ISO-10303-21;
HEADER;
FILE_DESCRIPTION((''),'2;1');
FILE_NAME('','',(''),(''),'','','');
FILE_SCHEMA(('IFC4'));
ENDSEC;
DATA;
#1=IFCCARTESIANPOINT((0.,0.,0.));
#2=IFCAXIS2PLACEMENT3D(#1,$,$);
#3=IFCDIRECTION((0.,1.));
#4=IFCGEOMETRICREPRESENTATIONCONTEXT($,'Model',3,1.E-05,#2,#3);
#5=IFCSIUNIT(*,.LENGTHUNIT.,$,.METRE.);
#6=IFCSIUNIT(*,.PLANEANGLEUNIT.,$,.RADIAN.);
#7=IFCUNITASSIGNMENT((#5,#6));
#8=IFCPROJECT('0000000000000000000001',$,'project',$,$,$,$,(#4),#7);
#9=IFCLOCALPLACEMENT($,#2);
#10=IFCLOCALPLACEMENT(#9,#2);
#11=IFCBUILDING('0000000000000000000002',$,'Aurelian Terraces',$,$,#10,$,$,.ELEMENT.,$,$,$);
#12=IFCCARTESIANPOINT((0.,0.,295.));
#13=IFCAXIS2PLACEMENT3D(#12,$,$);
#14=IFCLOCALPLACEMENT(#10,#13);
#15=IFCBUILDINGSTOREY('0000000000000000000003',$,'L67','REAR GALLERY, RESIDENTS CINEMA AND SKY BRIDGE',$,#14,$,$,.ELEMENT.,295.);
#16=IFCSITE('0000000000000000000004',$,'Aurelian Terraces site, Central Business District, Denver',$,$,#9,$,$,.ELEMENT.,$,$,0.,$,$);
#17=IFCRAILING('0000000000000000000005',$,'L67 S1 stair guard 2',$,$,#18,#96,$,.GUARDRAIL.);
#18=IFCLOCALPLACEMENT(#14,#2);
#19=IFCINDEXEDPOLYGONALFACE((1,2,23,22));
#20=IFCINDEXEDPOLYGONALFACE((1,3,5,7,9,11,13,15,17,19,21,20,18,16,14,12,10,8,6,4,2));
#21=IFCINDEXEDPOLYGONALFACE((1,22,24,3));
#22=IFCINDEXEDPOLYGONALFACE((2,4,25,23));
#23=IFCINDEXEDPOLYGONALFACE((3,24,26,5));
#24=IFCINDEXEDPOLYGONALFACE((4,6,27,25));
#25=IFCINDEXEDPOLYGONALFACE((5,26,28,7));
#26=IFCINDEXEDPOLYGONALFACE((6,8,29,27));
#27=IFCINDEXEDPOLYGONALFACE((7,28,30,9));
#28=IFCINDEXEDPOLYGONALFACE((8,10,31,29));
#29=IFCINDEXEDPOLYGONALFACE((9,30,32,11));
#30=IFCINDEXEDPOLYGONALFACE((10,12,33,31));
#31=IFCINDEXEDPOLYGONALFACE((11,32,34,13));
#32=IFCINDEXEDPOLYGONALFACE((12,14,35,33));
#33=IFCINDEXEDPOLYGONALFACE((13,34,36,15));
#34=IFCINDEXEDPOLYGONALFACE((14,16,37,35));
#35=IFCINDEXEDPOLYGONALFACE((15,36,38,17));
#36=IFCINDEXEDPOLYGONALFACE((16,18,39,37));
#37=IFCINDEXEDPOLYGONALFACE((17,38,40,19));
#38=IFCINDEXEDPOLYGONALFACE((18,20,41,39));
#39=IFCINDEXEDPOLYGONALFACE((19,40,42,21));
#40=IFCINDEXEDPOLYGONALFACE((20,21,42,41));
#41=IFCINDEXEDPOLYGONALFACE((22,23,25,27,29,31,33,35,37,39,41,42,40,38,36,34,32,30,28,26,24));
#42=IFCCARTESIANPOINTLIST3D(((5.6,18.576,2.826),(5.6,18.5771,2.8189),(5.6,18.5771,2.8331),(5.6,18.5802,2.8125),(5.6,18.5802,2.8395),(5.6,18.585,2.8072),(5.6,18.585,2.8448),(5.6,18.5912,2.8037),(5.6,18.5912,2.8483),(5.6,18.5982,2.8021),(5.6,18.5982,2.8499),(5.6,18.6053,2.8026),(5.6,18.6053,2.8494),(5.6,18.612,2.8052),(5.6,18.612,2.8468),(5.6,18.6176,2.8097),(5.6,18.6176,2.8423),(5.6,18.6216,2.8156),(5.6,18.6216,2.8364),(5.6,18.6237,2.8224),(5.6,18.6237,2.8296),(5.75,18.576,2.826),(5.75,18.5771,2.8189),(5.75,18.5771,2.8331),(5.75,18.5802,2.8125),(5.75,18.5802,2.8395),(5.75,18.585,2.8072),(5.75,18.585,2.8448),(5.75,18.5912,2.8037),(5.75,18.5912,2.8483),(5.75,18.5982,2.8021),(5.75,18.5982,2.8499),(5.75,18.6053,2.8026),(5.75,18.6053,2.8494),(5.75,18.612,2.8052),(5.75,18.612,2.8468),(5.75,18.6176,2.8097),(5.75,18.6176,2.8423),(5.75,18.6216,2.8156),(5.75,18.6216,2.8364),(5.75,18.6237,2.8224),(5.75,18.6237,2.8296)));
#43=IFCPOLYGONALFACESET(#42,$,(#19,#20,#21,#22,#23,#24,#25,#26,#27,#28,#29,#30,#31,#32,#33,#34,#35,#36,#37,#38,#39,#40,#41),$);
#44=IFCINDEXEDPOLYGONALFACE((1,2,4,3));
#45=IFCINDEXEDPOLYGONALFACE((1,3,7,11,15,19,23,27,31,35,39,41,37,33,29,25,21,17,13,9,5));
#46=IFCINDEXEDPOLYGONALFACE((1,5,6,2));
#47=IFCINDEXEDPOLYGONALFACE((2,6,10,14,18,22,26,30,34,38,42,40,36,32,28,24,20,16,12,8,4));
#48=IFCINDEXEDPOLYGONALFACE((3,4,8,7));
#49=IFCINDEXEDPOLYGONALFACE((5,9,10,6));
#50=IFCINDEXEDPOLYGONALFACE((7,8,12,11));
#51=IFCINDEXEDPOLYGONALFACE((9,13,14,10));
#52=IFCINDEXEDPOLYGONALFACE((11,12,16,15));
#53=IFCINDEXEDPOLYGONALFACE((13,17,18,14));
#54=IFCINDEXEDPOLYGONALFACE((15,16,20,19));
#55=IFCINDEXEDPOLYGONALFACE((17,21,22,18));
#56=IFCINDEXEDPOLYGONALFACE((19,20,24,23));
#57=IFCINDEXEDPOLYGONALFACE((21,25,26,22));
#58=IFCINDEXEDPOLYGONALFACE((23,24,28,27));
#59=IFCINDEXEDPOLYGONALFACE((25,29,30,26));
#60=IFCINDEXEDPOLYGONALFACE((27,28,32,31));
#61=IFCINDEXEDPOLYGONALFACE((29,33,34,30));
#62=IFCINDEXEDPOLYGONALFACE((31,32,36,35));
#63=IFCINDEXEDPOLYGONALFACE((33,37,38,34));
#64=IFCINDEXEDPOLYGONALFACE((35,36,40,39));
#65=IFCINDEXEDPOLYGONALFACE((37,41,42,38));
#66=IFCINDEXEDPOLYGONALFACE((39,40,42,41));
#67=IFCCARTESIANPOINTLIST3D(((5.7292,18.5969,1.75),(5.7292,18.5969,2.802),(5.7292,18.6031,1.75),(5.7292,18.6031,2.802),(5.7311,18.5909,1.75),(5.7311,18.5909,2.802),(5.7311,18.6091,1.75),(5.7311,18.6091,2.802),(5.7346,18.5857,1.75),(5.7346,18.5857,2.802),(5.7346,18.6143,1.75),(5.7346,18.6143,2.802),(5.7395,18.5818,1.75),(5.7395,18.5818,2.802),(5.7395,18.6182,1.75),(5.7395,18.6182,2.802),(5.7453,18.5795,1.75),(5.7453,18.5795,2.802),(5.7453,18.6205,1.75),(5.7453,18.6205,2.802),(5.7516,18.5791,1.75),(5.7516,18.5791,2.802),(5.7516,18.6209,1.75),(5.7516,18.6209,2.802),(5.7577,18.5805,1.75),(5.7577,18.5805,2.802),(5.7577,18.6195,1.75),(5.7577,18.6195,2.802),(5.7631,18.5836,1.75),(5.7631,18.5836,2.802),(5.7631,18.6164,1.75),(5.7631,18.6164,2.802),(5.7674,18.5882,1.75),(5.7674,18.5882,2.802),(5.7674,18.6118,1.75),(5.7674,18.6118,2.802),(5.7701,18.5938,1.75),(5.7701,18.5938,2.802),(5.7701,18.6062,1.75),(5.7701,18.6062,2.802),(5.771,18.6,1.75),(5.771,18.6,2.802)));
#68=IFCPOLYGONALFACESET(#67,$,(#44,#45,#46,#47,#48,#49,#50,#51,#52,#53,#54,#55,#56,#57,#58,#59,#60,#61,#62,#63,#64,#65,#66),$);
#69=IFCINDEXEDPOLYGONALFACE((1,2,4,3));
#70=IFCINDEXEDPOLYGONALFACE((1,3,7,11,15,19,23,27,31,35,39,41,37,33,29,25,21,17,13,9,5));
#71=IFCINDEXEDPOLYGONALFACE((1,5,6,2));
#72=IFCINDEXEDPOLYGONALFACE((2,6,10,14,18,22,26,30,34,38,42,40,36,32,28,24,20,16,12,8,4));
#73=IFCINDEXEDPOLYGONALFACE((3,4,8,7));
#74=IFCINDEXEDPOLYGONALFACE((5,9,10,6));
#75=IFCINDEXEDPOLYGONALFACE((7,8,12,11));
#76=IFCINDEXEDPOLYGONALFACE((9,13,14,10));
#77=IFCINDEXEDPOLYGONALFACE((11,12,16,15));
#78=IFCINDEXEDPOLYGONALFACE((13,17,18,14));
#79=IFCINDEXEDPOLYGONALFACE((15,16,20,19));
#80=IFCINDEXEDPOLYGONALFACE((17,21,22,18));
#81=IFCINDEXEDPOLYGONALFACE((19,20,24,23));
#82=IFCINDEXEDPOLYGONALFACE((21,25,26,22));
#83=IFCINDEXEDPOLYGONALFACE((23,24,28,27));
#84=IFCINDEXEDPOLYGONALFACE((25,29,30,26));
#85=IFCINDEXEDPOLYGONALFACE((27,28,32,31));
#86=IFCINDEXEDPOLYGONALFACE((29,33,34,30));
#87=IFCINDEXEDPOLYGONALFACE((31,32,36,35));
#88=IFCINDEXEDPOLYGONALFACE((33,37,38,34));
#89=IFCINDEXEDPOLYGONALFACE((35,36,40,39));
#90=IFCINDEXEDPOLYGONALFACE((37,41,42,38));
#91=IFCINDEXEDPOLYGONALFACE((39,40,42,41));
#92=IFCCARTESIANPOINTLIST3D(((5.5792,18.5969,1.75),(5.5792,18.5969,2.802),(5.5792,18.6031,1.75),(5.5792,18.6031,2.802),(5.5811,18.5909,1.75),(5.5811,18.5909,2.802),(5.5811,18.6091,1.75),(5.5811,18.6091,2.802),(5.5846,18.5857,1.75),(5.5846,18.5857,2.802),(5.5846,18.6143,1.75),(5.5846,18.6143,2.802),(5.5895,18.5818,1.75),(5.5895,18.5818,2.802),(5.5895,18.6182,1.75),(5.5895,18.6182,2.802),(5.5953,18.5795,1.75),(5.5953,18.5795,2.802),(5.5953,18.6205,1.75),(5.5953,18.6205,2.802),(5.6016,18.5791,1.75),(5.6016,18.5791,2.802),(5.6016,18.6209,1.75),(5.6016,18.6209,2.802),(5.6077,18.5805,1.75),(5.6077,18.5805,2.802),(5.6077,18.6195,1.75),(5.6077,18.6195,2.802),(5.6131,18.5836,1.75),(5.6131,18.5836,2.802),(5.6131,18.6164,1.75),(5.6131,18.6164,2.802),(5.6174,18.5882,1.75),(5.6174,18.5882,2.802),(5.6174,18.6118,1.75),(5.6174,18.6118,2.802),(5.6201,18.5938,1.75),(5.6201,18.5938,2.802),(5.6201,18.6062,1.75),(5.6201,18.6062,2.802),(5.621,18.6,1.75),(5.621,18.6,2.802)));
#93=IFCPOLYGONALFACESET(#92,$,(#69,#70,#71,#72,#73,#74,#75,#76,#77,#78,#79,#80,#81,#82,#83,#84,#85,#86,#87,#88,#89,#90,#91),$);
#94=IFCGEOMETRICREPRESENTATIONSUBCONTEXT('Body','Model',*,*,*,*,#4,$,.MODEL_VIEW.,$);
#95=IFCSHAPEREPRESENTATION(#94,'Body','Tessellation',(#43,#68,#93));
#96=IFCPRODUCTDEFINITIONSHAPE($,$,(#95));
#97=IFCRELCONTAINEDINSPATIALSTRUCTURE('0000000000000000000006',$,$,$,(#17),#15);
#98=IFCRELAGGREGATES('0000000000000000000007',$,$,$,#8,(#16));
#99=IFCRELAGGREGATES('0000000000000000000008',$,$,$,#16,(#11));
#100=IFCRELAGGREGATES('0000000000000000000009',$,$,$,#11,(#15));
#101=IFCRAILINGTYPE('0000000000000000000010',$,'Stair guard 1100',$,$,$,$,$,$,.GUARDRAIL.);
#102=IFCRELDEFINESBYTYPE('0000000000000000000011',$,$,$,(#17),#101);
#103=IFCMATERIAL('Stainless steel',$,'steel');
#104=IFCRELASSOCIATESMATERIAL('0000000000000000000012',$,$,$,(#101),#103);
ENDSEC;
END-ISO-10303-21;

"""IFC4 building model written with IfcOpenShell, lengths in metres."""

from ifc_helpers import new_model, si_unit, direction, frame, origin, origin_2d, place, context, subcontext, project, spatial, circle, extrude, source, transform, mapped, material, type_object, element, save


model = new_model("IFC4")

# Units and contexts
model_context = context("Model", 3, precision=1e-05, world=origin(), true_north=direction((0.0, 1.0)))
body_context = subcontext(model_context, "Body", "Model", "MODEL_VIEW")
ifc_project = project(units=[si_unit("LENGTHUNIT", "METRE"), si_unit("PLANEANGLEUNIT", "RADIAN")], contexts=[model_context])

# Site, building, storey
site_placement = place(None, origin())
site = spatial("IfcSite", under=ifc_project, at=site_placement, Name="Aurelian Terraces site, Central Business District, Denver", CompositionType="ELEMENT", RefElevation=0.0)
building_placement = place(site_placement, origin())
building = spatial("IfcBuilding", under=site, at=building_placement, Name="Aurelian Terraces", CompositionType="ELEMENT")
storey_placement = place(building_placement, frame((0.0, 0.0, 295.0)))
storey = spatial("IfcBuildingStorey", under=building, at=storey_placement, Name="L67", Description="REAR GALLERY, RESIDENTS CINEMA AND SKY BRIDGE", CompositionType="ELEMENT", Elevation=295.0)

# Railing
ifc_material_1 = material(Name="Stainless steel", Category="steel")
railing_type_1 = type_object("IfcRailingType", Name="Stair guard 1100", PredefinedType="GUARDRAIL", material=ifc_material_1)
shared_shape_1 = source(origin(), body_context, "Body", "SweptSolid", [
    extrude(circle(Radius=0.024, at=origin_2d()), frame((0.0, 0.0, 1.076), z_axis=(-1.0, 0.0, 0.0), x_axis=(0.0, -1.0, 0.0)), (0.0, 0.0, 1.0), 0.15),
    extrude(circle(Radius=0.021, at=origin_2d()), origin(), (0.0, 0.0, 1.0), 1.052),
    extrude(circle(Radius=0.021, at=origin_2d()), frame((-0.15, 0.0, 0.0)), (0.0, 0.0, 1.0), 1.052),
])
railing_1_placement = place(storey_placement, frame((5.75, 18.6, 1.75)))
element("IfcRailing", 1, at=railing_1_placement, inside=storey, type_object=railing_type_1, Name="L67 S1 stair guard 2", PredefinedType="GUARDRAIL", context=body_context, shape_type="MappedRepresentation", body=[
    mapped(shared_shape_1, transform((0.0, 0.0, 0.0), scale=1.0)),
])

save(model, "model.ifc")
